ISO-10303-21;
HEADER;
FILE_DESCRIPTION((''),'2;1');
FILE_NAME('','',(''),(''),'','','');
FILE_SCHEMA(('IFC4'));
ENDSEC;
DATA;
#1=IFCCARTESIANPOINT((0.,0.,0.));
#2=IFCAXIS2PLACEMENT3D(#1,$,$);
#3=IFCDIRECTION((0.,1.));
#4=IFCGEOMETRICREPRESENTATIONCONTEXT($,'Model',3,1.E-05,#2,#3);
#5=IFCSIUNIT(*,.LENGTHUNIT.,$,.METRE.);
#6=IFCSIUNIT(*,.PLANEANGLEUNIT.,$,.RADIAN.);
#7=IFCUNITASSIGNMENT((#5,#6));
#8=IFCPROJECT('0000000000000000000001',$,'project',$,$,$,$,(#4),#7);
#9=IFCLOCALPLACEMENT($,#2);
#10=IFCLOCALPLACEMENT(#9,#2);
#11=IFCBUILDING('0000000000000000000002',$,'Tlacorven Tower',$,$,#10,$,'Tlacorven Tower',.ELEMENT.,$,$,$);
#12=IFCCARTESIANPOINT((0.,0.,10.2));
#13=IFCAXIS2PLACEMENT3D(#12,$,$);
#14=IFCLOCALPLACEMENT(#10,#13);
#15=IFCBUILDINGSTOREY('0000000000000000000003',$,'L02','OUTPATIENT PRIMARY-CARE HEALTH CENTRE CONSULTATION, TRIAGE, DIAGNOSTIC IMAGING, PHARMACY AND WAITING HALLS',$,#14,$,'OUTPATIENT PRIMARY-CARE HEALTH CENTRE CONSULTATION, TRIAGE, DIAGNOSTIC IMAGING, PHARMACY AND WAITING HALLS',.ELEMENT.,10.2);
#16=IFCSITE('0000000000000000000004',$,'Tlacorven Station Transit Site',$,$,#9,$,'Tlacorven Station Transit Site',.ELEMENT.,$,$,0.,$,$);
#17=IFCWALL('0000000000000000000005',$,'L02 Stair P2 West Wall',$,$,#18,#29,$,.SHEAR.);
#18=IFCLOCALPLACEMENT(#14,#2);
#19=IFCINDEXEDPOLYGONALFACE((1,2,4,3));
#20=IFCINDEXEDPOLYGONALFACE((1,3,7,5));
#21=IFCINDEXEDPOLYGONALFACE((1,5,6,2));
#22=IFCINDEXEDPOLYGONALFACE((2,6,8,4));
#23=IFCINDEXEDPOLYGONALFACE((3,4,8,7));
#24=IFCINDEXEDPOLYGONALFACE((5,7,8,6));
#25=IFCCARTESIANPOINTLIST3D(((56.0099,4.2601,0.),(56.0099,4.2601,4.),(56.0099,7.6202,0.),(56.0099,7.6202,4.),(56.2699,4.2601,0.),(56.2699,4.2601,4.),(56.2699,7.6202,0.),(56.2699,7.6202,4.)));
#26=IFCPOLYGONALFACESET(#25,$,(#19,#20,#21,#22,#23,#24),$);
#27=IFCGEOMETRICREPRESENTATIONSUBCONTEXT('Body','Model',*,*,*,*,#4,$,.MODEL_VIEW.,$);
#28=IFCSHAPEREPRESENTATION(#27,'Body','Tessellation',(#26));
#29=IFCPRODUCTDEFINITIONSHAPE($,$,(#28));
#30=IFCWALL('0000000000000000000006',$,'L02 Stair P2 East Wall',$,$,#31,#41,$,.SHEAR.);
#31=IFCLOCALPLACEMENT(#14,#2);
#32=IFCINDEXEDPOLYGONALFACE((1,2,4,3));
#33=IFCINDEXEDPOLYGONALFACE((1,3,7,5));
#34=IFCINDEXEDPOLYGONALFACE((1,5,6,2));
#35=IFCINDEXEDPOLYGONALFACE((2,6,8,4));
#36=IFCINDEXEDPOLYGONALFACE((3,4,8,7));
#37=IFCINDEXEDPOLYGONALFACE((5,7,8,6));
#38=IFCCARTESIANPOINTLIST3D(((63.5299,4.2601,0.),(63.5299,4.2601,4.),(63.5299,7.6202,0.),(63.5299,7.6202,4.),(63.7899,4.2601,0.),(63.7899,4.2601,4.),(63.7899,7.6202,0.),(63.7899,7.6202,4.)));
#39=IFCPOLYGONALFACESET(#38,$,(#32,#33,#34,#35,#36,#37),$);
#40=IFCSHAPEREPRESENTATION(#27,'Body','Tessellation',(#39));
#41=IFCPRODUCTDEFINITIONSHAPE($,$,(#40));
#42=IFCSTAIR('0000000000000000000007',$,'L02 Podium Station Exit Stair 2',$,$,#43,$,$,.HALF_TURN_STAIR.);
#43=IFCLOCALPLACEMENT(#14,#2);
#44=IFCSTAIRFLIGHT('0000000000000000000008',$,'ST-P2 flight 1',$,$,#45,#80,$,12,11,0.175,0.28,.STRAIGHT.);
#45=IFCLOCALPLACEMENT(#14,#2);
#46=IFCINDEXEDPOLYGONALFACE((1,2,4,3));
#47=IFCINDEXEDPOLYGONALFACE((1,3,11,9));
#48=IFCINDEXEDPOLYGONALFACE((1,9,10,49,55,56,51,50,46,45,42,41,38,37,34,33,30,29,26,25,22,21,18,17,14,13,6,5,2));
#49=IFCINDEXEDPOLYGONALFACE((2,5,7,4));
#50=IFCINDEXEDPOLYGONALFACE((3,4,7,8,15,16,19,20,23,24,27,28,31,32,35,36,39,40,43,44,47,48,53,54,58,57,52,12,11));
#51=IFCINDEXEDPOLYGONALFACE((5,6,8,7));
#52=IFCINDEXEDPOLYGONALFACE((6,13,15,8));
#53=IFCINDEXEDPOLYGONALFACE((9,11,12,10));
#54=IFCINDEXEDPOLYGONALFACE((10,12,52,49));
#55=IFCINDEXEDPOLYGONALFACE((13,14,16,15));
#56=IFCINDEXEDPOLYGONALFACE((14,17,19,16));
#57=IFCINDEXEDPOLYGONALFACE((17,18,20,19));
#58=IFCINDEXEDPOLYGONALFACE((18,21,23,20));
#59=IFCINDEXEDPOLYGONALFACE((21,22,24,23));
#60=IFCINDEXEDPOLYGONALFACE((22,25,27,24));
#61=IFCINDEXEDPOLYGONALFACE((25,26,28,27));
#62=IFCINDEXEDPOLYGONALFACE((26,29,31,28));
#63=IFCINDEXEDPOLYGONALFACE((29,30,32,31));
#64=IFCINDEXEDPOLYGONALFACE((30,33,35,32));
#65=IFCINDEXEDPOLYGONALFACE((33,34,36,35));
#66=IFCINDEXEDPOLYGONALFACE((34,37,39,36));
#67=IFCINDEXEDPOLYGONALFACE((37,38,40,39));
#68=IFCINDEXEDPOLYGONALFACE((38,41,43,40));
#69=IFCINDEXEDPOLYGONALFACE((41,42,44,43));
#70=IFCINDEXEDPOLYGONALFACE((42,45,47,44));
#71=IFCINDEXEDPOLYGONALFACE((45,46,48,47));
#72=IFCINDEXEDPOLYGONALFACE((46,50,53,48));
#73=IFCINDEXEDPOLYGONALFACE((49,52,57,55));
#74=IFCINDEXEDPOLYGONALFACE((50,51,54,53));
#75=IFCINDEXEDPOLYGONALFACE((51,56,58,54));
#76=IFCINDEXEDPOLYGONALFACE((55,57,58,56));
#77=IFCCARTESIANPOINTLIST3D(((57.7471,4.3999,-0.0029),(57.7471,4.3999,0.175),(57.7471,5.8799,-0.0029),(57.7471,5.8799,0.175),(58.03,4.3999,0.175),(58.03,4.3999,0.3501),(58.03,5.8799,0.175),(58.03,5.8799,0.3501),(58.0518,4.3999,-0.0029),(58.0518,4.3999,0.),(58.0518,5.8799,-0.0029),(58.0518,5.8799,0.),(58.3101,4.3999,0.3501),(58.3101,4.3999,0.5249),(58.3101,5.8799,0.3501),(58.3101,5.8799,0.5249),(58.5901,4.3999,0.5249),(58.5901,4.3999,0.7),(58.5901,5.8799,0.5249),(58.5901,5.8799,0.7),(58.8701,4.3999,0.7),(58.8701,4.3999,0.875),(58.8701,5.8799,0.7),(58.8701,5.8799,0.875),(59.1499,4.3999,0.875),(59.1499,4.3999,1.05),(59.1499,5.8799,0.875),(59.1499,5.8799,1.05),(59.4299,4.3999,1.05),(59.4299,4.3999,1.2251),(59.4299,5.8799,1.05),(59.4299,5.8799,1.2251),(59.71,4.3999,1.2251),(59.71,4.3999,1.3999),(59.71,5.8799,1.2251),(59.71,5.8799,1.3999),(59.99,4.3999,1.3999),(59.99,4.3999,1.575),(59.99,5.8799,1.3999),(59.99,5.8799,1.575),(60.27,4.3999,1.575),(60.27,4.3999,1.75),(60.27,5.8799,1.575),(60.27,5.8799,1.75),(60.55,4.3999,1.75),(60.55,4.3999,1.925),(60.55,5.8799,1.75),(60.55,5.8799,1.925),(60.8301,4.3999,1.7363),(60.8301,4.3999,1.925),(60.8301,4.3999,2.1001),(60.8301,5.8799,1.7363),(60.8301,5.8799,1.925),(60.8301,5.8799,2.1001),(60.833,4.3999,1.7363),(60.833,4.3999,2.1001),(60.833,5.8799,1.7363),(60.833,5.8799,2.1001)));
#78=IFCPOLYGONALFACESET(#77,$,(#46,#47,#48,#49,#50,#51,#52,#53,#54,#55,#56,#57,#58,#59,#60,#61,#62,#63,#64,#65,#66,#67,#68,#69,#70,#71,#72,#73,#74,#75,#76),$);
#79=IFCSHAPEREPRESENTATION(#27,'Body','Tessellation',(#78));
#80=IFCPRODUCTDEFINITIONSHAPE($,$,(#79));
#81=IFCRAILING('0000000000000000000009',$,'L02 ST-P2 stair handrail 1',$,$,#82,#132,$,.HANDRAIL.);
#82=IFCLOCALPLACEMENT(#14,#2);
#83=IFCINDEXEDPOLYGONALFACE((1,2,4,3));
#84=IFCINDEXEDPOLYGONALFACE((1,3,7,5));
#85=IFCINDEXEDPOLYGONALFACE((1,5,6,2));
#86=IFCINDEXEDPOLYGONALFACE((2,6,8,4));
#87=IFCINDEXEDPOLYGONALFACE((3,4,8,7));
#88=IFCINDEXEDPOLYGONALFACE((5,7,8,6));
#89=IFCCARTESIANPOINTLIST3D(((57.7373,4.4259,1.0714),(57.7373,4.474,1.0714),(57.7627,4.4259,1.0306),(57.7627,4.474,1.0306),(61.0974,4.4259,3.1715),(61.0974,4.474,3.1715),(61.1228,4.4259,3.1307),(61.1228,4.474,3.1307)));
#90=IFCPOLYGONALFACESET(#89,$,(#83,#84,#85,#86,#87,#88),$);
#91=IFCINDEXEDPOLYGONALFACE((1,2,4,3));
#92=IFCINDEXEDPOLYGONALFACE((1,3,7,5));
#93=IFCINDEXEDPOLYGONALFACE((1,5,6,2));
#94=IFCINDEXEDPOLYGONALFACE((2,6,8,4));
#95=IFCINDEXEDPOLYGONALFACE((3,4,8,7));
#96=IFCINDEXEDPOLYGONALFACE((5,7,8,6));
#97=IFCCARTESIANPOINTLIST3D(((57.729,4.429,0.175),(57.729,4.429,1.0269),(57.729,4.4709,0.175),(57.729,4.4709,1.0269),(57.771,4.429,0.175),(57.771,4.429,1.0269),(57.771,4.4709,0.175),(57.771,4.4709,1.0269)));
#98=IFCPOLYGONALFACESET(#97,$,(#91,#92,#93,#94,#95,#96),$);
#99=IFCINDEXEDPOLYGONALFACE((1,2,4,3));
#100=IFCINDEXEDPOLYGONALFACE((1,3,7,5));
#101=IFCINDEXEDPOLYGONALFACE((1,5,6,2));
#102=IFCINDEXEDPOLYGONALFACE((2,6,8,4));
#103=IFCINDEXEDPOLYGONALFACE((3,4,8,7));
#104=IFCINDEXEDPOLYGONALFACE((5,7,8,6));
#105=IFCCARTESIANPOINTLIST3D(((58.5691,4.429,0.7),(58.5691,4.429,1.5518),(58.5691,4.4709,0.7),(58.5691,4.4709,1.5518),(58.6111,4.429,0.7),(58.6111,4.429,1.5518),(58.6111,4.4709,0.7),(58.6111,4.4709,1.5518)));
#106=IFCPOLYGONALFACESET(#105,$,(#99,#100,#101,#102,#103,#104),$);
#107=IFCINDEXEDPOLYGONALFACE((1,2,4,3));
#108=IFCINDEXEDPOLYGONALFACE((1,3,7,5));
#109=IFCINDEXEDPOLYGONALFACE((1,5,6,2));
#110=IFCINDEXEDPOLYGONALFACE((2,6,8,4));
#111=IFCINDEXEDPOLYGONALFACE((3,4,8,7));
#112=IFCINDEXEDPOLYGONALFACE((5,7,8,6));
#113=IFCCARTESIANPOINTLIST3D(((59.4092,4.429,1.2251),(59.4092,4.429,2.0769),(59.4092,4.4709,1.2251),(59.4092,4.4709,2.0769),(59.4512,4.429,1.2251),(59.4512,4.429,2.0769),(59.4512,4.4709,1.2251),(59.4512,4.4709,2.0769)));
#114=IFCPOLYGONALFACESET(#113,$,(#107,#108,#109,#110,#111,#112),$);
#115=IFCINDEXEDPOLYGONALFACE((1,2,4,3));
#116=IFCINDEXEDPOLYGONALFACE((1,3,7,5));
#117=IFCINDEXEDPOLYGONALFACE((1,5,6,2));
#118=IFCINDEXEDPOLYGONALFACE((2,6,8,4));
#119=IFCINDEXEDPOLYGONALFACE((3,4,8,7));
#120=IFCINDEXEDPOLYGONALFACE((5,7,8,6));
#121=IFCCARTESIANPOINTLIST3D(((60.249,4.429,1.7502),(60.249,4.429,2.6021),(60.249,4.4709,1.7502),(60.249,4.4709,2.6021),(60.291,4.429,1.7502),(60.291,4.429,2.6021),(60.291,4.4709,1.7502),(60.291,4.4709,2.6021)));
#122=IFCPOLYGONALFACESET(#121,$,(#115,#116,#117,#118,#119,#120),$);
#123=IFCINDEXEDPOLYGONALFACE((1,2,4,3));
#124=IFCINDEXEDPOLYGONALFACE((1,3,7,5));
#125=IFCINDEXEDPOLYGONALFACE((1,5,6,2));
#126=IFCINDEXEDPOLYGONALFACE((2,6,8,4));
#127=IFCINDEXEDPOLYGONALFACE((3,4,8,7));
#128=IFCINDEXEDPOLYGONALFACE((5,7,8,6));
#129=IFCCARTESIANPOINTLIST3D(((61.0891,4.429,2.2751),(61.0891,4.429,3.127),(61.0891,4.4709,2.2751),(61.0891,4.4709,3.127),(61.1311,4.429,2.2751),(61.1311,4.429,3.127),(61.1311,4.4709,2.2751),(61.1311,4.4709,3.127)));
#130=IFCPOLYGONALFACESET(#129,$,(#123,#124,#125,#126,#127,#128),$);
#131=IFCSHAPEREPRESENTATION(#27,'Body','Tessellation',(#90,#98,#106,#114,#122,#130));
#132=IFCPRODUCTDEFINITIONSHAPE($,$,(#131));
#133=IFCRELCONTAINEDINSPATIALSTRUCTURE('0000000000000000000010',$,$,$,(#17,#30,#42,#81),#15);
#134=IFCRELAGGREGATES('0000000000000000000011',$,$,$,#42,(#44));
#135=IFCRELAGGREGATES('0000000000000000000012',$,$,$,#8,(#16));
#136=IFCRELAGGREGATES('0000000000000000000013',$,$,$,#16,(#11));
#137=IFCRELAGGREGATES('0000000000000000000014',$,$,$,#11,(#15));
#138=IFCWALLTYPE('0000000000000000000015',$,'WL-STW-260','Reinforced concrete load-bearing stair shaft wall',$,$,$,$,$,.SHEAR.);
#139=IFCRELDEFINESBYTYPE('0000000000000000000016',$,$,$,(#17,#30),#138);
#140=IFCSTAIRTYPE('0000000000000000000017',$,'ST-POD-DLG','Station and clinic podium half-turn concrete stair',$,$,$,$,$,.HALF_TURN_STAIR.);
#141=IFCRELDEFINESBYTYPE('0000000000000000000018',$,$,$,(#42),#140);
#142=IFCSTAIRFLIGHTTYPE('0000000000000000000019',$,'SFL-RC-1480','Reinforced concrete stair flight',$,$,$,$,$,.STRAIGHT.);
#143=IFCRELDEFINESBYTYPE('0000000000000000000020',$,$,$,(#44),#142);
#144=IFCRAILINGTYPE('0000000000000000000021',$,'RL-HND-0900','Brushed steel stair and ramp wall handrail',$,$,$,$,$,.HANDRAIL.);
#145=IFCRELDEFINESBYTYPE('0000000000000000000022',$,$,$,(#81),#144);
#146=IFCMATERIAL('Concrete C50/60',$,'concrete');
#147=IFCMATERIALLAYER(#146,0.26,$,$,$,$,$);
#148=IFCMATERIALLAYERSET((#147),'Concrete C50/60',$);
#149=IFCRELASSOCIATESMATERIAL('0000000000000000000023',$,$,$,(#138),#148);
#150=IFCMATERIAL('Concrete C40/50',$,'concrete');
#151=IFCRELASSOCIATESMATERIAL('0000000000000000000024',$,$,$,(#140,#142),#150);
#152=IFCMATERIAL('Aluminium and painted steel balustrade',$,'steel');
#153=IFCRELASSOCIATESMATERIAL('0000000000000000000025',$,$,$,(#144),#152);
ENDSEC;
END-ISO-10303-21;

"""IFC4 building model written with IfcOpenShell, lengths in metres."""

from ifc_helpers import new_model, si_unit, direction, frame, frame_2d, origin, origin_2d, place, context, subcontext, project, spatial, polyline, rectangle, outline, extrude, source, transform, mapped, material, layer, layer_set, type_object, element, aggregate, save


model = new_model("IFC4")

# Units and contexts
model_context = context("Model", 3, precision=1e-05, world=origin(), true_north=direction((0.0, 1.0)))
body_context = subcontext(model_context, "Body", "Model", "MODEL_VIEW")
ifc_project = project(units=[si_unit("LENGTHUNIT", "METRE"), si_unit("PLANEANGLEUNIT", "RADIAN")], contexts=[model_context])

# Site, building, storey
site_placement = place(None, origin())
site = spatial("IfcSite", under=ifc_project, at=site_placement, Name="Tlacorven Station Transit Site", LongName="Tlacorven Station Transit Site", CompositionType="ELEMENT", RefElevation=0.0)
building_placement = place(site_placement, origin())
building = spatial("IfcBuilding", under=site, at=building_placement, Name="Tlacorven Tower", LongName="Tlacorven Tower", CompositionType="ELEMENT")
storey_placement = place(building_placement, frame((0.0, 0.0, 10.2)))
storey = spatial("IfcBuildingStorey", under=building, at=storey_placement, Name="L02", Description="OUTPATIENT PRIMARY-CARE HEALTH CENTRE CONSULTATION, TRIAGE, DIAGNOSTIC IMAGING, PHARMACY AND WAITING HALLS", LongName="OUTPATIENT PRIMARY-CARE HEALTH CENTRE CONSULTATION, TRIAGE, DIAGNOSTIC IMAGING, PHARMACY AND WAITING HALLS", CompositionType="ELEMENT", Elevation=10.2)

# Walls
ifc_material_1 = material(Name="Concrete C50/60", Category="concrete")
ifc_layer = layer(ifc_material_1, 0.26)
ifc_layer_set = layer_set([ifc_layer], Name="Concrete C50/60")
wall_type = type_object("IfcWallType", Name="WL-STW-260", Description="Reinforced concrete load-bearing stair shaft wall", PredefinedType="SHEAR", material=ifc_layer_set)
for number, where, z_axis, x_axis, name in (
    (1, (56.1399, 4.26, 0.0), (0.0, 0.0, 1.0), (0.0, 1.0, 0.0), "L02 Stair P2 West Wall"),
    (2, (63.6599, 4.26, 0.0), (0.0, 0.0, 1.0), (0.0, 1.0, 0.0), "L02 Stair P2 East Wall"),
):
    element("IfcWall", number, at=place(storey_placement, frame(where, z_axis=z_axis, x_axis=x_axis)), inside=storey, type_object=wall_type, Name=name, PredefinedType="SHEAR", context=body_context, shape_type="SweptSolid", body=[
        extrude(rectangle(XDim=3.3601, YDim=0.26, at=frame_2d((1.6802, 0.0))), origin(), (0.0, 0.0, 1.0), 4.0),
    ])

# Stair, stair flight
ifc_material_2 = material(Name="Concrete C40/50", Category="concrete")
stair_type = type_object("IfcStairType", Name="ST-POD-DLG", Description="Station and clinic podium half-turn concrete stair", PredefinedType="HALF_TURN_STAIR", material=ifc_material_2)
stair_placement = place(storey_placement, origin())
stair = element("IfcStair", 3, at=stair_placement, inside=storey, type_object=stair_type, Name="L02 Podium Station Exit Stair 2", PredefinedType="HALF_TURN_STAIR")
stair_flight_type = type_object("IfcStairFlightType", Name="SFL-RC-1480", Description="Reinforced concrete stair flight", PredefinedType="STRAIGHT", material=ifc_material_2)
shared_shape_1 = source(origin(), body_context, "Body", "SweptSolid", [
    extrude(outline(polyline([(-0.0029, -0.0029), (-0.0029, 0.175), (0.28, 0.175), (0.28, 0.3501), (0.5601, 0.3501), (0.5601, 0.5249), (0.8401, 0.5249), (0.8401, 0.7), (1.1201, 0.7), (1.1201, 0.875), (1.3999, 0.875), (1.3999, 1.05), (1.6799, 1.05), (1.6799, 1.2251), (1.96, 1.2251), (1.96, 1.3999), (2.24, 1.3999), (2.24, 1.575), (2.52, 1.575), (2.52, 1.75), (2.8, 1.75), (2.8, 1.925), (3.0801, 1.925), (3.0801, 2.1001), (3.083, 2.1001), (3.083, 1.7363), (3.0801, 1.7363), (0.3018, 0.0), (0.3018, -0.0029), (-0.0029, -0.0029)])), frame((0.0, 0.74, 0.0), z_axis=(0.0, -1.0, 0.0), x_axis=(1.0, 0.0, 0.0)), (0.0, 0.0, 1.0), 1.48),
])
stair_flight_placement = place(storey_placement, frame((57.75, 5.1399, 0.0), z_axis=(0.0, 0.0, 1.0), x_axis=(1.0, 0.0, 0.0)))
stair_flight = element("IfcStairFlight", 4, at=stair_flight_placement, type_object=stair_flight_type, Name="ST-P2 flight 1", NumberOfRisers=12, NumberOfTreads=11, PredefinedType="STRAIGHT", RiserHeight=0.175, TreadLength=0.28, context=body_context, shape_type="MappedRepresentation", body=[
    mapped(shared_shape_1, transform((0.0, 0.0, 0.0), scale=1.0)),
])
aggregate(stair, [stair_flight])

# Railing
ifc_material_3 = material(Name="Aluminium and painted steel balustrade", Category="steel")
railing_type = type_object("IfcRailingType", Name="RL-HND-0900", Description="Brushed steel stair and ramp wall handrail", PredefinedType="HANDRAIL", material=ifc_material_3)
shared_shape_2 = source(origin(), body_context, "Body", "SweptSolid", [
    extrude(rectangle(XDim=0.0481, YDim=0.0481, at=origin_2d()), frame((0.0, 0.0, 0.876), z_axis=(0.847995, 0.0, 0.530004), x_axis=(0.0, 1.0, 0.0)), (0.0, 0.0, 1.0), 3.9624),
    extrude(rectangle(XDim=0.042, YDim=0.042, at=origin_2d()), origin(), (0.0, 0.0, 1.0), 0.8518),
    extrude(rectangle(XDim=0.042, YDim=0.042, at=origin_2d()), frame((0.8401, 0.0, 0.5249)), (0.0, 0.0, 1.0), 0.8518),
    extrude(rectangle(XDim=0.042, YDim=0.042, at=origin_2d()), frame((1.6802, 0.0, 1.05)), (0.0, 0.0, 1.0), 0.8518),
    extrude(rectangle(XDim=0.042, YDim=0.042, at=origin_2d()), frame((2.52, 0.0, 1.5752)), (0.0, 0.0, 1.0), 0.8518),
    extrude(rectangle(XDim=0.042, YDim=0.042, at=origin_2d()), frame((3.3601, 0.0, 2.1001)), (0.0, 0.0, 1.0), 0.8518),
])
railing_placement = place(storey_placement, frame((57.75, 4.45, 0.175)))
element("IfcRailing", 5, at=railing_placement, inside=storey, type_object=railing_type, Name="L02 ST-P2 stair handrail 1", PredefinedType="HANDRAIL", context=body_context, shape_type="MappedRepresentation", body=[
    mapped(shared_shape_2, transform((0.0, 0.0, 0.0), scale=1.0)),
])

save(model, "model.ifc")
